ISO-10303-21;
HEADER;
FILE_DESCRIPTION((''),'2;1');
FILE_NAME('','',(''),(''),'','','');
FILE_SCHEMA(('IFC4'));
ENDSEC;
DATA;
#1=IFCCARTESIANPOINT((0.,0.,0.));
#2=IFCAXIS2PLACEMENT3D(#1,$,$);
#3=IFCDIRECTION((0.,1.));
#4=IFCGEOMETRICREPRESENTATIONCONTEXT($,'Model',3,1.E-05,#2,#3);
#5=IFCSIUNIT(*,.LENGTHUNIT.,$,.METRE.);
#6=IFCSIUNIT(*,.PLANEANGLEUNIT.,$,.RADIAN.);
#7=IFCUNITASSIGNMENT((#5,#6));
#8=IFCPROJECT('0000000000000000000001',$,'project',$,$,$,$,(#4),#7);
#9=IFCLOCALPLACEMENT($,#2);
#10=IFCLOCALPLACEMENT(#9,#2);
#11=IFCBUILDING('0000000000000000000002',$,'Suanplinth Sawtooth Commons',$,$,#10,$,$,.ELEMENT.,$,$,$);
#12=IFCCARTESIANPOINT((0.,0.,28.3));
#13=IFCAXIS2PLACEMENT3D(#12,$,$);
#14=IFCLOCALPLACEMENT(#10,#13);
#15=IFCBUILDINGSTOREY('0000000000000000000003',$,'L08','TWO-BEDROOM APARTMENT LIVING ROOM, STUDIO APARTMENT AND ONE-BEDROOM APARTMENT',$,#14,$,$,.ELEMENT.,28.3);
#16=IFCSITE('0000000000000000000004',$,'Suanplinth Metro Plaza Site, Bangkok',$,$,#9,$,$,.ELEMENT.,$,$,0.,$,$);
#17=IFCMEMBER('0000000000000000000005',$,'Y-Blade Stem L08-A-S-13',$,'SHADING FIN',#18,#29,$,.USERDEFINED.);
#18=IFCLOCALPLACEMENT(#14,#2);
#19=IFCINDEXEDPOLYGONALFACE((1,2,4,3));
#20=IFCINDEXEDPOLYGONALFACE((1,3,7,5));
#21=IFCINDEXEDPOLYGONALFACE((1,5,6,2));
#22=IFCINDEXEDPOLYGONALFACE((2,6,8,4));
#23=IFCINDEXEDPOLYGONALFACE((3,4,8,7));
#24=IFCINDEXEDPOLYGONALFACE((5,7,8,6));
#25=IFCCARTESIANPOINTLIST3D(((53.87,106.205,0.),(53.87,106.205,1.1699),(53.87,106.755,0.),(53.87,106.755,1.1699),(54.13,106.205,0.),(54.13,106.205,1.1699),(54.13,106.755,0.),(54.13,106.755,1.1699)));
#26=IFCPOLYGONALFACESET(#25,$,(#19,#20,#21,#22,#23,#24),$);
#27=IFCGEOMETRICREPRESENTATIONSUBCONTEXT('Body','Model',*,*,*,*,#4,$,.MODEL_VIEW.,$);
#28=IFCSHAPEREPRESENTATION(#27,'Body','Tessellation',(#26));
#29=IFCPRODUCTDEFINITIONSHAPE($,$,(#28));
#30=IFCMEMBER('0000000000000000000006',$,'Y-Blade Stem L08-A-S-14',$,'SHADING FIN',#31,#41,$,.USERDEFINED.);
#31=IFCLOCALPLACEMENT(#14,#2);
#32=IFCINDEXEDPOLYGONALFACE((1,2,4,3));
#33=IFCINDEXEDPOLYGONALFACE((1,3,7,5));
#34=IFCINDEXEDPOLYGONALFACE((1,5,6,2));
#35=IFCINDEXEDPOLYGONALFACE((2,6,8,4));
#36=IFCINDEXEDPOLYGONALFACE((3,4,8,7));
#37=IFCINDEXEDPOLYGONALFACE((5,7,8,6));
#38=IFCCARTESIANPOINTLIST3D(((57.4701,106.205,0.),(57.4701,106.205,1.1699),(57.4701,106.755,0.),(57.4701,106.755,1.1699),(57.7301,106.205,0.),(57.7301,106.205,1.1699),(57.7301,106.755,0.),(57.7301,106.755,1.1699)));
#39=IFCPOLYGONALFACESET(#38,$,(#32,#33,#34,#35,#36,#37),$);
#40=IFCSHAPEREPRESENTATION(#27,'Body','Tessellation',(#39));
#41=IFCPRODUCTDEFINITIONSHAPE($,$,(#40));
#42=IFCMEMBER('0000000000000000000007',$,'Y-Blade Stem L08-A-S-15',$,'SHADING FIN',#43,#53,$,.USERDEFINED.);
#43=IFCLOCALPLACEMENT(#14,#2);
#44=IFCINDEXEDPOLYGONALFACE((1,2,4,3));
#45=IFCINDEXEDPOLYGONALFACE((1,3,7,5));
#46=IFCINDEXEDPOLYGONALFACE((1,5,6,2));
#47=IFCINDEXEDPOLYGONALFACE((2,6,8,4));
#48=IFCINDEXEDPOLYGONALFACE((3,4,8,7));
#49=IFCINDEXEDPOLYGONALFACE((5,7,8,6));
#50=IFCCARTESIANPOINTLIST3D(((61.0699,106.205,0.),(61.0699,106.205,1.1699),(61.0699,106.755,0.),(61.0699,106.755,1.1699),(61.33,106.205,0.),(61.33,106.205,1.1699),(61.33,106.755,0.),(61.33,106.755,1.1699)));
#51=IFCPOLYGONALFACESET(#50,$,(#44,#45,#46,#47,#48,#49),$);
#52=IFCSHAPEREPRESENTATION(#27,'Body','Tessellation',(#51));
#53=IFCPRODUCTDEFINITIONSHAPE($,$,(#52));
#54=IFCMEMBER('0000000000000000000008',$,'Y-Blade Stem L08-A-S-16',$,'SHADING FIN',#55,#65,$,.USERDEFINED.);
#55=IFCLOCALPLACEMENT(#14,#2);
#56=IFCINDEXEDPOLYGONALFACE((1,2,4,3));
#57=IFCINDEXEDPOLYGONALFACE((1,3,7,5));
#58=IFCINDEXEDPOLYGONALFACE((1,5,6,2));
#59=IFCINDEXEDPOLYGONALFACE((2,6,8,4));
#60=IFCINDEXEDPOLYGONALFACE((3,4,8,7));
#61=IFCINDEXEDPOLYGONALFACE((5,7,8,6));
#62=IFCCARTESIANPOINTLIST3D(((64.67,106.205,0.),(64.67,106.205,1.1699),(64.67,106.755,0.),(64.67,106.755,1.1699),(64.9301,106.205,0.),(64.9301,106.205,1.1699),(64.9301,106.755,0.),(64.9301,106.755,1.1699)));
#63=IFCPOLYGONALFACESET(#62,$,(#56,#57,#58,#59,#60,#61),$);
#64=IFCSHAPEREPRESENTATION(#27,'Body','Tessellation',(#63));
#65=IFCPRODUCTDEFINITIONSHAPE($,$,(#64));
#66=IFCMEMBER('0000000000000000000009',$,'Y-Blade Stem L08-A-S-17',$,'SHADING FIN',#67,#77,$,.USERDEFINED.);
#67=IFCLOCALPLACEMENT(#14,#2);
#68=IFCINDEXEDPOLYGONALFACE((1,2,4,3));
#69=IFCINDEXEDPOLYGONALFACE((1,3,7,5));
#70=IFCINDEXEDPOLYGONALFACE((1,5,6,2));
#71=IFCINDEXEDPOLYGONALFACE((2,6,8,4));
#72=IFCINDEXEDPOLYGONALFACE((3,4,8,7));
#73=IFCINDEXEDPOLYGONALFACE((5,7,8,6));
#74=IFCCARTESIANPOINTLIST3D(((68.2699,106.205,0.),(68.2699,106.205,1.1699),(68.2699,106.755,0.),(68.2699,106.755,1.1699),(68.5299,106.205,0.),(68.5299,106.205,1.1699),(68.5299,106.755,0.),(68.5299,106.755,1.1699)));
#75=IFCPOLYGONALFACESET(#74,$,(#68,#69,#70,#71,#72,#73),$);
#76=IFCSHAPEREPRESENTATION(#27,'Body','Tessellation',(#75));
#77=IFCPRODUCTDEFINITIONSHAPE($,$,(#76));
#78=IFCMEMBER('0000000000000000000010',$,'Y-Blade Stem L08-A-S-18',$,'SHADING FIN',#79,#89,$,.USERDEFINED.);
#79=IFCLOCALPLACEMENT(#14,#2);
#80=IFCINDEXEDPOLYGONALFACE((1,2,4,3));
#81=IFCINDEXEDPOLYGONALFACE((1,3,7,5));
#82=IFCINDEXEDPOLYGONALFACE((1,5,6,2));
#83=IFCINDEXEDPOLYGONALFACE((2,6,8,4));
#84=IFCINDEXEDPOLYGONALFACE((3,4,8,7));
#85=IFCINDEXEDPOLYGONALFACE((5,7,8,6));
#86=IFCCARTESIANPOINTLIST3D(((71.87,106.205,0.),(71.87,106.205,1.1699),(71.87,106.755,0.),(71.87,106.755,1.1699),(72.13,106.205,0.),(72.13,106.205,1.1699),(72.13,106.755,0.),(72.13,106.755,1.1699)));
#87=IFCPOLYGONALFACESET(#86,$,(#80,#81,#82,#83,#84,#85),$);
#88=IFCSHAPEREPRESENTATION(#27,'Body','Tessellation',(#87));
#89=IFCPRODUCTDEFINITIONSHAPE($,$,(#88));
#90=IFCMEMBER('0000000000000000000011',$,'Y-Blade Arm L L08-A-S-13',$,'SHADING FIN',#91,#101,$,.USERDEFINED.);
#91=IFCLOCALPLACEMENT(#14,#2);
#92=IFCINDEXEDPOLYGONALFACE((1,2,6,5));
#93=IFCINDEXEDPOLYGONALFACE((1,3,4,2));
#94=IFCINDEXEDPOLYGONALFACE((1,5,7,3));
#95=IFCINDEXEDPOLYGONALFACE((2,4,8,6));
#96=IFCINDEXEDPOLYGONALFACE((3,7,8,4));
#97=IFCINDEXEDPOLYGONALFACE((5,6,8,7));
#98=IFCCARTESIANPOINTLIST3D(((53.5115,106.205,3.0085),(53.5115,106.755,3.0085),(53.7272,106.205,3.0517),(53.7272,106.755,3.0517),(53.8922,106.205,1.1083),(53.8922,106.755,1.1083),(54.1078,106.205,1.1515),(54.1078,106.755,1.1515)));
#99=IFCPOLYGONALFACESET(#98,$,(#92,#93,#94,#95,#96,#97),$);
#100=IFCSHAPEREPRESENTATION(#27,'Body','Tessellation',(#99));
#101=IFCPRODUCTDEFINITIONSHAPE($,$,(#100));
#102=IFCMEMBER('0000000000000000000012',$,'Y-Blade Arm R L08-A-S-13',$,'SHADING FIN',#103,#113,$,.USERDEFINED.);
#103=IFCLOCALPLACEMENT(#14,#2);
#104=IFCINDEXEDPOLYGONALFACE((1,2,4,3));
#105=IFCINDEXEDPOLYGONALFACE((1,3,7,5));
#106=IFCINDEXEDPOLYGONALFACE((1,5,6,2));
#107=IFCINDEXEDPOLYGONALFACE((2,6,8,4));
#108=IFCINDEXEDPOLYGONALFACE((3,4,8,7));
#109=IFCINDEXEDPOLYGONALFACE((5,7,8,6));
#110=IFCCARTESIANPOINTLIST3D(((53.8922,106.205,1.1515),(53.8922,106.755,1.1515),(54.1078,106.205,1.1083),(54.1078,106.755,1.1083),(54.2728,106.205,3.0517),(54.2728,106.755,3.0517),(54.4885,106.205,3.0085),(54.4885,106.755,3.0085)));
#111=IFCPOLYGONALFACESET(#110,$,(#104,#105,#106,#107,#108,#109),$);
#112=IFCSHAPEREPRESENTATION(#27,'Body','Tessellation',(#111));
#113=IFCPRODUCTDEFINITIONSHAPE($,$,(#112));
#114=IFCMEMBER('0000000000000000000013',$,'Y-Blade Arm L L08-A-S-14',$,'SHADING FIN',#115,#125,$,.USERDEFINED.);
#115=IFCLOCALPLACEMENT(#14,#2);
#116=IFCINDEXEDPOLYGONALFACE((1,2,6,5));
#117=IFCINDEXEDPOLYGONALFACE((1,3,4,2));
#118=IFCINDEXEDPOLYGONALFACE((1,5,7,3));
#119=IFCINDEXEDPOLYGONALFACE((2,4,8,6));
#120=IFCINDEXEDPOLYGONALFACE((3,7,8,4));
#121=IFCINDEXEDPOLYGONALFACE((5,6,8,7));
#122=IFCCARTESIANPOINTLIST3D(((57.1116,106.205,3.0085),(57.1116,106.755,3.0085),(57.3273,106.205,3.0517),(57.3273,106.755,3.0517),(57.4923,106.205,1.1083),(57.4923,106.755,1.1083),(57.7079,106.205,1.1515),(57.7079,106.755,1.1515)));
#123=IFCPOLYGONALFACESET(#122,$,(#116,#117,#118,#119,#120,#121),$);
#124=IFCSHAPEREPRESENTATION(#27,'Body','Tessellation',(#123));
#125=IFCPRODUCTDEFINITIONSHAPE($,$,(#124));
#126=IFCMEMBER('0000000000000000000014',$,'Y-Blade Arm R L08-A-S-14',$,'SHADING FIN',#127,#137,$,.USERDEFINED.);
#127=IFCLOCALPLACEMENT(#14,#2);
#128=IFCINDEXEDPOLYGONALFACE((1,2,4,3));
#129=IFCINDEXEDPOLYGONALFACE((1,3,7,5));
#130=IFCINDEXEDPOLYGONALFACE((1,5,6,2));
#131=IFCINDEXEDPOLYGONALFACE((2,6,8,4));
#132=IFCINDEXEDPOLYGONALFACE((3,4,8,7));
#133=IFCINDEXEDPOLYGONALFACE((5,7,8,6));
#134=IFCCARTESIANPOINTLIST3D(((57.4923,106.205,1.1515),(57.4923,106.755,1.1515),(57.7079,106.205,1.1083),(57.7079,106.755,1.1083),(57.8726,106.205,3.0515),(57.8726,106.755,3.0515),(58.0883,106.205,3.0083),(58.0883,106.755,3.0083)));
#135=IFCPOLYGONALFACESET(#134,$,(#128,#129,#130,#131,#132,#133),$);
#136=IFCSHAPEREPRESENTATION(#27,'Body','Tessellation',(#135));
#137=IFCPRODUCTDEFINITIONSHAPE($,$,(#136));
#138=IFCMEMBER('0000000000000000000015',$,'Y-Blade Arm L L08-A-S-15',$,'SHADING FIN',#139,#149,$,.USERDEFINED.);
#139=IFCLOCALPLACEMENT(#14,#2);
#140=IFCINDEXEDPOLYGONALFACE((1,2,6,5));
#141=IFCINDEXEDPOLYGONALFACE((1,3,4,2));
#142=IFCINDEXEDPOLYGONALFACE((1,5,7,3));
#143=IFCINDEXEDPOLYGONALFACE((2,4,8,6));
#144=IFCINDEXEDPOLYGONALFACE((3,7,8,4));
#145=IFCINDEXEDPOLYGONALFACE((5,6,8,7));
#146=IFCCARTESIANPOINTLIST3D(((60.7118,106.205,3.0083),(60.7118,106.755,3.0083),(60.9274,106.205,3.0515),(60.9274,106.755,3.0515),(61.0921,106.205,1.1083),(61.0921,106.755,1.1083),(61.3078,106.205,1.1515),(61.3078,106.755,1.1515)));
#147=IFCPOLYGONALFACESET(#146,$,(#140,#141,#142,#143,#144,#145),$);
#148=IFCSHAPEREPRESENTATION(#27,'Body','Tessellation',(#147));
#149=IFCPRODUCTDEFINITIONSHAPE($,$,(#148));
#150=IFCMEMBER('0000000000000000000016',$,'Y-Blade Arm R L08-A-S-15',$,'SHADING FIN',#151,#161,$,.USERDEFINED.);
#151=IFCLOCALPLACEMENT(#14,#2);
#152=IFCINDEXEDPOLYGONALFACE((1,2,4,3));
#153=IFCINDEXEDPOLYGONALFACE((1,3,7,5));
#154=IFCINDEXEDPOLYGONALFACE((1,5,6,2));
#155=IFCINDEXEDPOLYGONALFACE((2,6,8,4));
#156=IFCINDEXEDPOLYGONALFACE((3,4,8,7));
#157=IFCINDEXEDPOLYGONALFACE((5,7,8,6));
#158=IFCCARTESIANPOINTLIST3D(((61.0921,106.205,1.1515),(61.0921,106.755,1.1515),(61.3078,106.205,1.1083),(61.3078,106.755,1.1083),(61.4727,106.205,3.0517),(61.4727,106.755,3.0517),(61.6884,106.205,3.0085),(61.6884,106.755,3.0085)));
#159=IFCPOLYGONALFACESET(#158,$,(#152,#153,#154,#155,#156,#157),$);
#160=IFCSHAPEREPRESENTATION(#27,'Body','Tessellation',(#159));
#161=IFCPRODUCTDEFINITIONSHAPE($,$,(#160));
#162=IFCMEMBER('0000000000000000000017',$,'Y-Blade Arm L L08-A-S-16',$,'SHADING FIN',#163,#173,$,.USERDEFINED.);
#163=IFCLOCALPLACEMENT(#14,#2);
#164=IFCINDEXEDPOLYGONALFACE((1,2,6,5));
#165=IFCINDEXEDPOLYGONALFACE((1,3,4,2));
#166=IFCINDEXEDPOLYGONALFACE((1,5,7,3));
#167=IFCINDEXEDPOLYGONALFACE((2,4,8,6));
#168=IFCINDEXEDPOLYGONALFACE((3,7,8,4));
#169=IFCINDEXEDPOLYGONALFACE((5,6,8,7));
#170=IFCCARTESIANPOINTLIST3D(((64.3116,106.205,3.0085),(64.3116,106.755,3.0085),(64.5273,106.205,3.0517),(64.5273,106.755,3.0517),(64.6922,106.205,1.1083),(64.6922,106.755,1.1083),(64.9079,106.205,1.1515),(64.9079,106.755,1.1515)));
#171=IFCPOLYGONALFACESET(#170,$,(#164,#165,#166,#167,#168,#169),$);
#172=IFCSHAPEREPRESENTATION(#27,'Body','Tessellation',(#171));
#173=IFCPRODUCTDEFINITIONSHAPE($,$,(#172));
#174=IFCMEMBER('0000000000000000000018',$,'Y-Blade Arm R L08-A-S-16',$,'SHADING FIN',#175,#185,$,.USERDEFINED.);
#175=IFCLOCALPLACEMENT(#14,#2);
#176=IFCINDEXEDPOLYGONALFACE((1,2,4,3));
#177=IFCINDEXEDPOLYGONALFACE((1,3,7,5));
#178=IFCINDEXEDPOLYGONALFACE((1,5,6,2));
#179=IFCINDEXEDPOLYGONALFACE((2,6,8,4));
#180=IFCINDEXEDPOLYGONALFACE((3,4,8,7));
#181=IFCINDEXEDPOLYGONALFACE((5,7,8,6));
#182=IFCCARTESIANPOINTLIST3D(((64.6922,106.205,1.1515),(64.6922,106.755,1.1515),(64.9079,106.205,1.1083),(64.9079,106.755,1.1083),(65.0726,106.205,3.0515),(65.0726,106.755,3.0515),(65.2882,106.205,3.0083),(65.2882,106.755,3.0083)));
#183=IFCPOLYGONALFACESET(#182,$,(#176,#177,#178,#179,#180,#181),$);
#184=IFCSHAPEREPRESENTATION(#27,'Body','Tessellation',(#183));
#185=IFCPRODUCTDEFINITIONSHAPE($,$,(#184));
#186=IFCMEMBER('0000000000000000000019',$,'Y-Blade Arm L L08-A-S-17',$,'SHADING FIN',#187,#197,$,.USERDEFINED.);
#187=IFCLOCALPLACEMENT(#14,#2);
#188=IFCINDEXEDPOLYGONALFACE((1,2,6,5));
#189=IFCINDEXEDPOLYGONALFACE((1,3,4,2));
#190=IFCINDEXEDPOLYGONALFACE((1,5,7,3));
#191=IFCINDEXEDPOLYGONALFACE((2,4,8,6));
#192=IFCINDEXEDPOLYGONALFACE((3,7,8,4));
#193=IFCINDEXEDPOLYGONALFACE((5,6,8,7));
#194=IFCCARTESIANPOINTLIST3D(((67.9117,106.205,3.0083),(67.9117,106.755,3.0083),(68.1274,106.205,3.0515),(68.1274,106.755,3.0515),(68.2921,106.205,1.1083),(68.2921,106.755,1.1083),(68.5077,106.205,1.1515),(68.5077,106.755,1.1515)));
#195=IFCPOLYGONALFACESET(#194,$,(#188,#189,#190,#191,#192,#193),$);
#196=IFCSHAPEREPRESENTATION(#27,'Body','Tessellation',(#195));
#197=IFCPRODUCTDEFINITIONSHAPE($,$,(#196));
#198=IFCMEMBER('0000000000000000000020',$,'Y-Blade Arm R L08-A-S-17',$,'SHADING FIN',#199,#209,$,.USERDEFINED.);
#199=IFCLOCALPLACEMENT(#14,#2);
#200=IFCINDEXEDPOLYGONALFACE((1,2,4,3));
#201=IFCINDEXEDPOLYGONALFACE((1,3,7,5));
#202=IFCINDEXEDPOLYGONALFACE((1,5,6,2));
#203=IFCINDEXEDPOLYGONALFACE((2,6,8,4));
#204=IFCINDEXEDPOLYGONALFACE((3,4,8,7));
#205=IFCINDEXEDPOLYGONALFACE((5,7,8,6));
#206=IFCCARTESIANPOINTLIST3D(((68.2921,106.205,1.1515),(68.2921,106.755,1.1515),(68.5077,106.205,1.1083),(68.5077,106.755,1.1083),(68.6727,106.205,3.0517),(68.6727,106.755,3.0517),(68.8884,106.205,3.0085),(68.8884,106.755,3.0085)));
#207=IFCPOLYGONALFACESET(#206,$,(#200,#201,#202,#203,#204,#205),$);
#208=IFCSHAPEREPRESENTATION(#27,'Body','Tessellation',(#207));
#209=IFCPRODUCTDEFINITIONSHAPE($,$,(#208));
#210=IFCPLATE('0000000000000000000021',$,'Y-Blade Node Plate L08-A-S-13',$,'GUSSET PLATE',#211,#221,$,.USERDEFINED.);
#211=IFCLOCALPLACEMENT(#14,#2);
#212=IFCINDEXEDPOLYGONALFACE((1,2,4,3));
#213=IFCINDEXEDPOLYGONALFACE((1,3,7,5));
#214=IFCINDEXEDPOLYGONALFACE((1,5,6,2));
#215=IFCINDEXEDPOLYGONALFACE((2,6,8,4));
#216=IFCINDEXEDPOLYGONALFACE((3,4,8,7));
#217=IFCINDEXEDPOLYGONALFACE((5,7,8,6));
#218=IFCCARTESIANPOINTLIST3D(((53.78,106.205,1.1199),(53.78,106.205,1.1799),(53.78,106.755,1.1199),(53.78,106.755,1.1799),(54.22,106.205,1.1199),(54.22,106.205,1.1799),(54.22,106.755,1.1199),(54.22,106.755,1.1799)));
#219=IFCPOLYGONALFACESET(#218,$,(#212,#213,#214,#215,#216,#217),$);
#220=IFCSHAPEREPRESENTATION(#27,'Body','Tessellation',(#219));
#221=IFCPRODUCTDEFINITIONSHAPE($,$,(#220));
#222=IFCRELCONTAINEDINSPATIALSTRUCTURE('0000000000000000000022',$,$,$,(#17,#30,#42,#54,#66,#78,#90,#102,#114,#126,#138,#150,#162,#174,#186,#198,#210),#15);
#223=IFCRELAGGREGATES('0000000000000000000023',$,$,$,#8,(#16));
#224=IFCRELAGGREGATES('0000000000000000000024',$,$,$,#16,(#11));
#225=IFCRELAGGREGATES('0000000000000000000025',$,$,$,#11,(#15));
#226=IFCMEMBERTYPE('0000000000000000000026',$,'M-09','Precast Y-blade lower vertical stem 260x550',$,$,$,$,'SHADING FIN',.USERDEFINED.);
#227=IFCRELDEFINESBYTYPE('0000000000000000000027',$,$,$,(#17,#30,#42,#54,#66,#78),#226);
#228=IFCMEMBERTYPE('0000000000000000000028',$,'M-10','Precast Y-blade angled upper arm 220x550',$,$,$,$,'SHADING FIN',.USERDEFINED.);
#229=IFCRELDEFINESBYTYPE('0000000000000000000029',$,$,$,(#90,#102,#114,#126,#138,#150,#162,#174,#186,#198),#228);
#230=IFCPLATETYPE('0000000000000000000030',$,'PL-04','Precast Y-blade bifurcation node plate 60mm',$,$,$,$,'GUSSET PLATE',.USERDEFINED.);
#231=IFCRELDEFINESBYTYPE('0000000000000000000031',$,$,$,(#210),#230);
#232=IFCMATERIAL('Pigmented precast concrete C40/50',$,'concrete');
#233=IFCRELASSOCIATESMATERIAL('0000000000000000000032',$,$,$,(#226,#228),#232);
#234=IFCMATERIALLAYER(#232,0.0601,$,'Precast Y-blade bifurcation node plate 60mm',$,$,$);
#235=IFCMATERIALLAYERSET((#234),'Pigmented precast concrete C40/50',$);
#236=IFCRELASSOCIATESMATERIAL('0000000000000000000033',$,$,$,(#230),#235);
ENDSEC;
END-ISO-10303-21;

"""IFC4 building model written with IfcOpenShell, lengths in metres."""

from ifc_helpers import new_model, si_unit, direction, frame, origin, origin_2d, place, context, subcontext, project, spatial, rectangle, extrude, material, layer, layer_set, material_profile, profile_set, type_object, element, save


model = new_model("IFC4")

# Units and contexts
model_context = context("Model", 3, precision=1e-05, world=origin(), true_north=direction((0.0, 1.0)))
body_context = subcontext(model_context, "Body", "Model", "MODEL_VIEW")
ifc_project = project(units=[si_unit("LENGTHUNIT", "METRE"), si_unit("PLANEANGLEUNIT", "RADIAN")], contexts=[model_context])

# Site, building, storey
site_placement = place(None, origin())
site = spatial("IfcSite", under=ifc_project, at=site_placement, Name="Suanplinth Metro Plaza Site, Bangkok", CompositionType="ELEMENT", RefElevation=0.0)
building_placement = place(site_placement, origin())
building = spatial("IfcBuilding", under=site, at=building_placement, Name="Suanplinth Sawtooth Commons", CompositionType="ELEMENT")
storey_placement = place(building_placement, frame((0.0, 0.0, 28.3)))
storey = spatial("IfcBuildingStorey", under=building, at=storey_placement, Name="L08", Description="TWO-BEDROOM APARTMENT LIVING ROOM, STUDIO APARTMENT AND ONE-BEDROOM APARTMENT", CompositionType="ELEMENT", Elevation=28.3)

# Members
ifc_material = material(Name="Pigmented precast concrete C40/50", Category="concrete")
ifc_material_profile_1 = material_profile(ifc_material, rectangle(XDim=0.26, YDim=0.55, at=origin_2d()), Name="PC-FIN 260x550")
ifc_profile_set_1 = profile_set([ifc_material_profile_1], Name="Pigmented precast concrete C40/50")
member_type_1 = type_object("IfcMemberType", Name="M-09", Description="Precast Y-blade lower vertical stem 260x550", ElementType="SHADING FIN", PredefinedType="USERDEFINED", material=ifc_profile_set_1)
for number, where, z_axis, x_axis, name in (
    (1, (54.0, 106.48, 0.0), (0.0, 0.0, 1.0), (1.0, 0.0, 0.0), "Y-Blade Stem L08-A-S-13"),
    (2, (57.6001, 106.48, 0.0), (0.0, 0.0, 1.0), (1.0, 0.0, 0.0), "Y-Blade Stem L08-A-S-14"),
    (3, (61.2, 106.48, 0.0), (0.0, 0.0, 1.0), (1.0, 0.0, 0.0), "Y-Blade Stem L08-A-S-15"),
    (4, (64.8, 106.48, 0.0), (0.0, 0.0, 1.0), (1.0, 0.0, 0.0), "Y-Blade Stem L08-A-S-16"),
    (5, (68.3999, 106.48, 0.0), (0.0, 0.0, 1.0), (1.0, 0.0, 0.0), "Y-Blade Stem L08-A-S-17"),
    (6, (72.0, 106.48, 0.0), (0.0, 0.0, 1.0), (1.0, 0.0, 0.0), "Y-Blade Stem L08-A-S-18"),
):
    element("IfcMember", number, at=place(storey_placement, frame(where, z_axis=z_axis, x_axis=x_axis)), inside=storey, type_object=member_type_1, Name=name, ObjectType="SHADING FIN", PredefinedType="USERDEFINED", context=body_context, shape_type="SweptSolid", body=[
        extrude(rectangle(XDim=0.26, YDim=0.55, at=origin_2d()), origin(), (0.0, 0.0, 1.0), 1.1699),
    ])
ifc_material_profile_2 = material_profile(ifc_material, rectangle(XDim=0.22, YDim=0.55, at=origin_2d()), Name="PC-FIN 220x550")
ifc_profile_set_2 = profile_set([ifc_material_profile_2], Name="Pigmented precast concrete C40/50")
member_type_2 = type_object("IfcMemberType", Name="M-10", Description="Precast Y-blade angled upper arm 220x550", ElementType="SHADING FIN", PredefinedType="USERDEFINED", material=ifc_profile_set_2)
for number, where, z_axis, x_axis, name in (
    (7, (54.0, 106.48, 1.1299), (-0.196407, 0.0, 0.980522), (0.980522, 0.0, 0.196407), "Y-Blade Arm L L08-A-S-13"),
    (8, (54.0, 106.48, 1.1299), (0.196407, 0.0, 0.980522), (-0.980522, 0.0, 0.196407), "Y-Blade Arm R L08-A-S-13"),
    (9, (57.6001, 106.48, 1.1299), (-0.196407, 0.0, 0.980522), (0.980522, 0.0, 0.196407), "Y-Blade Arm L L08-A-S-14"),
):
    element("IfcMember", number, at=place(storey_placement, frame(where, z_axis=z_axis, x_axis=x_axis)), inside=storey, type_object=member_type_2, Name=name, ObjectType="SHADING FIN", PredefinedType="USERDEFINED", context=body_context, shape_type="SweptSolid", body=[
        extrude(rectangle(XDim=0.22, YDim=0.55, at=origin_2d()), origin(), (0.0, 0.0, 1.0), 1.938),
    ])
for number, where, z_axis, x_axis, name in (
    (10, (57.6001, 106.48, 1.1299), (0.196286, 0.0, 0.980547), (-0.980547, 0.0, 0.196286), "Y-Blade Arm R L08-A-S-14"),
    (11, (61.2, 106.48, 1.1299), (-0.196286, 0.0, 0.980547), (0.980547, 0.0, 0.196286), "Y-Blade Arm L L08-A-S-15"),
):
    element("IfcMember", number, at=place(storey_placement, frame(where, z_axis=z_axis, x_axis=x_axis)), inside=storey, type_object=member_type_2, Name=name, ObjectType="SHADING FIN", PredefinedType="USERDEFINED", context=body_context, shape_type="SweptSolid", body=[
        extrude(rectangle(XDim=0.22, YDim=0.55, at=origin_2d()), origin(), (0.0, 0.0, 1.0), 1.9377),
    ])
for number, where, z_axis, x_axis, name in (
    (12, (61.2, 106.48, 1.1299), (0.196407, 0.0, 0.980522), (-0.980522, 0.0, 0.196407), "Y-Blade Arm R L08-A-S-15"),
    (13, (64.8, 106.48, 1.1299), (-0.196407, 0.0, 0.980522), (0.980522, 0.0, 0.196407), "Y-Blade Arm L L08-A-S-16"),
):
    element("IfcMember", number, at=place(storey_placement, frame(where, z_axis=z_axis, x_axis=x_axis)), inside=storey, type_object=member_type_2, Name=name, ObjectType="SHADING FIN", PredefinedType="USERDEFINED", context=body_context, shape_type="SweptSolid", body=[
        extrude(rectangle(XDim=0.22, YDim=0.55, at=origin_2d()), origin(), (0.0, 0.0, 1.0), 1.938),
    ])
for number, where, z_axis, x_axis, name in (
    (14, (64.8, 106.48, 1.1299), (0.196286, 0.0, 0.980547), (-0.980547, 0.0, 0.196286), "Y-Blade Arm R L08-A-S-16"),
    (15, (68.3999, 106.48, 1.1299), (-0.196286, 0.0, 0.980547), (0.980547, 0.0, 0.196286), "Y-Blade Arm L L08-A-S-17"),
):
    element("IfcMember", number, at=place(storey_placement, frame(where, z_axis=z_axis, x_axis=x_axis)), inside=storey, type_object=member_type_2, Name=name, ObjectType="SHADING FIN", PredefinedType="USERDEFINED", context=body_context, shape_type="SweptSolid", body=[
        extrude(rectangle(XDim=0.22, YDim=0.55, at=origin_2d()), origin(), (0.0, 0.0, 1.0), 1.9377),
    ])
member_placement = place(storey_placement, frame((68.3999, 106.48, 1.1299), z_axis=(0.196407, 0.0, 0.980522), x_axis=(-0.980522, 0.0, 0.196407)))
element("IfcMember", 16, at=member_placement, inside=storey, type_object=member_type_2, Name="Y-Blade Arm R L08-A-S-17", ObjectType="SHADING FIN", PredefinedType="USERDEFINED", context=body_context, shape_type="SweptSolid", body=[
    extrude(rectangle(XDim=0.22, YDim=0.55, at=origin_2d()), origin(), (0.0, 0.0, 1.0), 1.938),
])

# Plate
ifc_layer = layer(ifc_material, 0.0601, Name="Precast Y-blade bifurcation node plate 60mm")
ifc_layer_set = layer_set([ifc_layer], Name="Pigmented precast concrete C40/50")
plate_type = type_object("IfcPlateType", Name="PL-04", Description="Precast Y-blade bifurcation node plate 60mm", ElementType="GUSSET PLATE", PredefinedType="USERDEFINED", material=ifc_layer_set)
for number, where, z_axis, x_axis, name in (
    (17, (54.0, 106.48, 1.1199), (0.0, 0.0, 1.0), (1.0, 0.0, 0.0), "Y-Blade Node Plate L08-A-S-13"),
):
    element("IfcPlate", number, at=place(storey_placement, frame(where, z_axis=z_axis, x_axis=x_axis)), inside=storey, type_object=plate_type, Name=name, ObjectType="GUSSET PLATE", PredefinedType="USERDEFINED", context=body_context, shape_type="SweptSolid", body=[
        extrude(rectangle(XDim=0.4399, YDim=0.55, at=origin_2d()), origin(), (0.0, 0.0, 1.0), 0.0601),
    ])

save(model, "model.ifc")
